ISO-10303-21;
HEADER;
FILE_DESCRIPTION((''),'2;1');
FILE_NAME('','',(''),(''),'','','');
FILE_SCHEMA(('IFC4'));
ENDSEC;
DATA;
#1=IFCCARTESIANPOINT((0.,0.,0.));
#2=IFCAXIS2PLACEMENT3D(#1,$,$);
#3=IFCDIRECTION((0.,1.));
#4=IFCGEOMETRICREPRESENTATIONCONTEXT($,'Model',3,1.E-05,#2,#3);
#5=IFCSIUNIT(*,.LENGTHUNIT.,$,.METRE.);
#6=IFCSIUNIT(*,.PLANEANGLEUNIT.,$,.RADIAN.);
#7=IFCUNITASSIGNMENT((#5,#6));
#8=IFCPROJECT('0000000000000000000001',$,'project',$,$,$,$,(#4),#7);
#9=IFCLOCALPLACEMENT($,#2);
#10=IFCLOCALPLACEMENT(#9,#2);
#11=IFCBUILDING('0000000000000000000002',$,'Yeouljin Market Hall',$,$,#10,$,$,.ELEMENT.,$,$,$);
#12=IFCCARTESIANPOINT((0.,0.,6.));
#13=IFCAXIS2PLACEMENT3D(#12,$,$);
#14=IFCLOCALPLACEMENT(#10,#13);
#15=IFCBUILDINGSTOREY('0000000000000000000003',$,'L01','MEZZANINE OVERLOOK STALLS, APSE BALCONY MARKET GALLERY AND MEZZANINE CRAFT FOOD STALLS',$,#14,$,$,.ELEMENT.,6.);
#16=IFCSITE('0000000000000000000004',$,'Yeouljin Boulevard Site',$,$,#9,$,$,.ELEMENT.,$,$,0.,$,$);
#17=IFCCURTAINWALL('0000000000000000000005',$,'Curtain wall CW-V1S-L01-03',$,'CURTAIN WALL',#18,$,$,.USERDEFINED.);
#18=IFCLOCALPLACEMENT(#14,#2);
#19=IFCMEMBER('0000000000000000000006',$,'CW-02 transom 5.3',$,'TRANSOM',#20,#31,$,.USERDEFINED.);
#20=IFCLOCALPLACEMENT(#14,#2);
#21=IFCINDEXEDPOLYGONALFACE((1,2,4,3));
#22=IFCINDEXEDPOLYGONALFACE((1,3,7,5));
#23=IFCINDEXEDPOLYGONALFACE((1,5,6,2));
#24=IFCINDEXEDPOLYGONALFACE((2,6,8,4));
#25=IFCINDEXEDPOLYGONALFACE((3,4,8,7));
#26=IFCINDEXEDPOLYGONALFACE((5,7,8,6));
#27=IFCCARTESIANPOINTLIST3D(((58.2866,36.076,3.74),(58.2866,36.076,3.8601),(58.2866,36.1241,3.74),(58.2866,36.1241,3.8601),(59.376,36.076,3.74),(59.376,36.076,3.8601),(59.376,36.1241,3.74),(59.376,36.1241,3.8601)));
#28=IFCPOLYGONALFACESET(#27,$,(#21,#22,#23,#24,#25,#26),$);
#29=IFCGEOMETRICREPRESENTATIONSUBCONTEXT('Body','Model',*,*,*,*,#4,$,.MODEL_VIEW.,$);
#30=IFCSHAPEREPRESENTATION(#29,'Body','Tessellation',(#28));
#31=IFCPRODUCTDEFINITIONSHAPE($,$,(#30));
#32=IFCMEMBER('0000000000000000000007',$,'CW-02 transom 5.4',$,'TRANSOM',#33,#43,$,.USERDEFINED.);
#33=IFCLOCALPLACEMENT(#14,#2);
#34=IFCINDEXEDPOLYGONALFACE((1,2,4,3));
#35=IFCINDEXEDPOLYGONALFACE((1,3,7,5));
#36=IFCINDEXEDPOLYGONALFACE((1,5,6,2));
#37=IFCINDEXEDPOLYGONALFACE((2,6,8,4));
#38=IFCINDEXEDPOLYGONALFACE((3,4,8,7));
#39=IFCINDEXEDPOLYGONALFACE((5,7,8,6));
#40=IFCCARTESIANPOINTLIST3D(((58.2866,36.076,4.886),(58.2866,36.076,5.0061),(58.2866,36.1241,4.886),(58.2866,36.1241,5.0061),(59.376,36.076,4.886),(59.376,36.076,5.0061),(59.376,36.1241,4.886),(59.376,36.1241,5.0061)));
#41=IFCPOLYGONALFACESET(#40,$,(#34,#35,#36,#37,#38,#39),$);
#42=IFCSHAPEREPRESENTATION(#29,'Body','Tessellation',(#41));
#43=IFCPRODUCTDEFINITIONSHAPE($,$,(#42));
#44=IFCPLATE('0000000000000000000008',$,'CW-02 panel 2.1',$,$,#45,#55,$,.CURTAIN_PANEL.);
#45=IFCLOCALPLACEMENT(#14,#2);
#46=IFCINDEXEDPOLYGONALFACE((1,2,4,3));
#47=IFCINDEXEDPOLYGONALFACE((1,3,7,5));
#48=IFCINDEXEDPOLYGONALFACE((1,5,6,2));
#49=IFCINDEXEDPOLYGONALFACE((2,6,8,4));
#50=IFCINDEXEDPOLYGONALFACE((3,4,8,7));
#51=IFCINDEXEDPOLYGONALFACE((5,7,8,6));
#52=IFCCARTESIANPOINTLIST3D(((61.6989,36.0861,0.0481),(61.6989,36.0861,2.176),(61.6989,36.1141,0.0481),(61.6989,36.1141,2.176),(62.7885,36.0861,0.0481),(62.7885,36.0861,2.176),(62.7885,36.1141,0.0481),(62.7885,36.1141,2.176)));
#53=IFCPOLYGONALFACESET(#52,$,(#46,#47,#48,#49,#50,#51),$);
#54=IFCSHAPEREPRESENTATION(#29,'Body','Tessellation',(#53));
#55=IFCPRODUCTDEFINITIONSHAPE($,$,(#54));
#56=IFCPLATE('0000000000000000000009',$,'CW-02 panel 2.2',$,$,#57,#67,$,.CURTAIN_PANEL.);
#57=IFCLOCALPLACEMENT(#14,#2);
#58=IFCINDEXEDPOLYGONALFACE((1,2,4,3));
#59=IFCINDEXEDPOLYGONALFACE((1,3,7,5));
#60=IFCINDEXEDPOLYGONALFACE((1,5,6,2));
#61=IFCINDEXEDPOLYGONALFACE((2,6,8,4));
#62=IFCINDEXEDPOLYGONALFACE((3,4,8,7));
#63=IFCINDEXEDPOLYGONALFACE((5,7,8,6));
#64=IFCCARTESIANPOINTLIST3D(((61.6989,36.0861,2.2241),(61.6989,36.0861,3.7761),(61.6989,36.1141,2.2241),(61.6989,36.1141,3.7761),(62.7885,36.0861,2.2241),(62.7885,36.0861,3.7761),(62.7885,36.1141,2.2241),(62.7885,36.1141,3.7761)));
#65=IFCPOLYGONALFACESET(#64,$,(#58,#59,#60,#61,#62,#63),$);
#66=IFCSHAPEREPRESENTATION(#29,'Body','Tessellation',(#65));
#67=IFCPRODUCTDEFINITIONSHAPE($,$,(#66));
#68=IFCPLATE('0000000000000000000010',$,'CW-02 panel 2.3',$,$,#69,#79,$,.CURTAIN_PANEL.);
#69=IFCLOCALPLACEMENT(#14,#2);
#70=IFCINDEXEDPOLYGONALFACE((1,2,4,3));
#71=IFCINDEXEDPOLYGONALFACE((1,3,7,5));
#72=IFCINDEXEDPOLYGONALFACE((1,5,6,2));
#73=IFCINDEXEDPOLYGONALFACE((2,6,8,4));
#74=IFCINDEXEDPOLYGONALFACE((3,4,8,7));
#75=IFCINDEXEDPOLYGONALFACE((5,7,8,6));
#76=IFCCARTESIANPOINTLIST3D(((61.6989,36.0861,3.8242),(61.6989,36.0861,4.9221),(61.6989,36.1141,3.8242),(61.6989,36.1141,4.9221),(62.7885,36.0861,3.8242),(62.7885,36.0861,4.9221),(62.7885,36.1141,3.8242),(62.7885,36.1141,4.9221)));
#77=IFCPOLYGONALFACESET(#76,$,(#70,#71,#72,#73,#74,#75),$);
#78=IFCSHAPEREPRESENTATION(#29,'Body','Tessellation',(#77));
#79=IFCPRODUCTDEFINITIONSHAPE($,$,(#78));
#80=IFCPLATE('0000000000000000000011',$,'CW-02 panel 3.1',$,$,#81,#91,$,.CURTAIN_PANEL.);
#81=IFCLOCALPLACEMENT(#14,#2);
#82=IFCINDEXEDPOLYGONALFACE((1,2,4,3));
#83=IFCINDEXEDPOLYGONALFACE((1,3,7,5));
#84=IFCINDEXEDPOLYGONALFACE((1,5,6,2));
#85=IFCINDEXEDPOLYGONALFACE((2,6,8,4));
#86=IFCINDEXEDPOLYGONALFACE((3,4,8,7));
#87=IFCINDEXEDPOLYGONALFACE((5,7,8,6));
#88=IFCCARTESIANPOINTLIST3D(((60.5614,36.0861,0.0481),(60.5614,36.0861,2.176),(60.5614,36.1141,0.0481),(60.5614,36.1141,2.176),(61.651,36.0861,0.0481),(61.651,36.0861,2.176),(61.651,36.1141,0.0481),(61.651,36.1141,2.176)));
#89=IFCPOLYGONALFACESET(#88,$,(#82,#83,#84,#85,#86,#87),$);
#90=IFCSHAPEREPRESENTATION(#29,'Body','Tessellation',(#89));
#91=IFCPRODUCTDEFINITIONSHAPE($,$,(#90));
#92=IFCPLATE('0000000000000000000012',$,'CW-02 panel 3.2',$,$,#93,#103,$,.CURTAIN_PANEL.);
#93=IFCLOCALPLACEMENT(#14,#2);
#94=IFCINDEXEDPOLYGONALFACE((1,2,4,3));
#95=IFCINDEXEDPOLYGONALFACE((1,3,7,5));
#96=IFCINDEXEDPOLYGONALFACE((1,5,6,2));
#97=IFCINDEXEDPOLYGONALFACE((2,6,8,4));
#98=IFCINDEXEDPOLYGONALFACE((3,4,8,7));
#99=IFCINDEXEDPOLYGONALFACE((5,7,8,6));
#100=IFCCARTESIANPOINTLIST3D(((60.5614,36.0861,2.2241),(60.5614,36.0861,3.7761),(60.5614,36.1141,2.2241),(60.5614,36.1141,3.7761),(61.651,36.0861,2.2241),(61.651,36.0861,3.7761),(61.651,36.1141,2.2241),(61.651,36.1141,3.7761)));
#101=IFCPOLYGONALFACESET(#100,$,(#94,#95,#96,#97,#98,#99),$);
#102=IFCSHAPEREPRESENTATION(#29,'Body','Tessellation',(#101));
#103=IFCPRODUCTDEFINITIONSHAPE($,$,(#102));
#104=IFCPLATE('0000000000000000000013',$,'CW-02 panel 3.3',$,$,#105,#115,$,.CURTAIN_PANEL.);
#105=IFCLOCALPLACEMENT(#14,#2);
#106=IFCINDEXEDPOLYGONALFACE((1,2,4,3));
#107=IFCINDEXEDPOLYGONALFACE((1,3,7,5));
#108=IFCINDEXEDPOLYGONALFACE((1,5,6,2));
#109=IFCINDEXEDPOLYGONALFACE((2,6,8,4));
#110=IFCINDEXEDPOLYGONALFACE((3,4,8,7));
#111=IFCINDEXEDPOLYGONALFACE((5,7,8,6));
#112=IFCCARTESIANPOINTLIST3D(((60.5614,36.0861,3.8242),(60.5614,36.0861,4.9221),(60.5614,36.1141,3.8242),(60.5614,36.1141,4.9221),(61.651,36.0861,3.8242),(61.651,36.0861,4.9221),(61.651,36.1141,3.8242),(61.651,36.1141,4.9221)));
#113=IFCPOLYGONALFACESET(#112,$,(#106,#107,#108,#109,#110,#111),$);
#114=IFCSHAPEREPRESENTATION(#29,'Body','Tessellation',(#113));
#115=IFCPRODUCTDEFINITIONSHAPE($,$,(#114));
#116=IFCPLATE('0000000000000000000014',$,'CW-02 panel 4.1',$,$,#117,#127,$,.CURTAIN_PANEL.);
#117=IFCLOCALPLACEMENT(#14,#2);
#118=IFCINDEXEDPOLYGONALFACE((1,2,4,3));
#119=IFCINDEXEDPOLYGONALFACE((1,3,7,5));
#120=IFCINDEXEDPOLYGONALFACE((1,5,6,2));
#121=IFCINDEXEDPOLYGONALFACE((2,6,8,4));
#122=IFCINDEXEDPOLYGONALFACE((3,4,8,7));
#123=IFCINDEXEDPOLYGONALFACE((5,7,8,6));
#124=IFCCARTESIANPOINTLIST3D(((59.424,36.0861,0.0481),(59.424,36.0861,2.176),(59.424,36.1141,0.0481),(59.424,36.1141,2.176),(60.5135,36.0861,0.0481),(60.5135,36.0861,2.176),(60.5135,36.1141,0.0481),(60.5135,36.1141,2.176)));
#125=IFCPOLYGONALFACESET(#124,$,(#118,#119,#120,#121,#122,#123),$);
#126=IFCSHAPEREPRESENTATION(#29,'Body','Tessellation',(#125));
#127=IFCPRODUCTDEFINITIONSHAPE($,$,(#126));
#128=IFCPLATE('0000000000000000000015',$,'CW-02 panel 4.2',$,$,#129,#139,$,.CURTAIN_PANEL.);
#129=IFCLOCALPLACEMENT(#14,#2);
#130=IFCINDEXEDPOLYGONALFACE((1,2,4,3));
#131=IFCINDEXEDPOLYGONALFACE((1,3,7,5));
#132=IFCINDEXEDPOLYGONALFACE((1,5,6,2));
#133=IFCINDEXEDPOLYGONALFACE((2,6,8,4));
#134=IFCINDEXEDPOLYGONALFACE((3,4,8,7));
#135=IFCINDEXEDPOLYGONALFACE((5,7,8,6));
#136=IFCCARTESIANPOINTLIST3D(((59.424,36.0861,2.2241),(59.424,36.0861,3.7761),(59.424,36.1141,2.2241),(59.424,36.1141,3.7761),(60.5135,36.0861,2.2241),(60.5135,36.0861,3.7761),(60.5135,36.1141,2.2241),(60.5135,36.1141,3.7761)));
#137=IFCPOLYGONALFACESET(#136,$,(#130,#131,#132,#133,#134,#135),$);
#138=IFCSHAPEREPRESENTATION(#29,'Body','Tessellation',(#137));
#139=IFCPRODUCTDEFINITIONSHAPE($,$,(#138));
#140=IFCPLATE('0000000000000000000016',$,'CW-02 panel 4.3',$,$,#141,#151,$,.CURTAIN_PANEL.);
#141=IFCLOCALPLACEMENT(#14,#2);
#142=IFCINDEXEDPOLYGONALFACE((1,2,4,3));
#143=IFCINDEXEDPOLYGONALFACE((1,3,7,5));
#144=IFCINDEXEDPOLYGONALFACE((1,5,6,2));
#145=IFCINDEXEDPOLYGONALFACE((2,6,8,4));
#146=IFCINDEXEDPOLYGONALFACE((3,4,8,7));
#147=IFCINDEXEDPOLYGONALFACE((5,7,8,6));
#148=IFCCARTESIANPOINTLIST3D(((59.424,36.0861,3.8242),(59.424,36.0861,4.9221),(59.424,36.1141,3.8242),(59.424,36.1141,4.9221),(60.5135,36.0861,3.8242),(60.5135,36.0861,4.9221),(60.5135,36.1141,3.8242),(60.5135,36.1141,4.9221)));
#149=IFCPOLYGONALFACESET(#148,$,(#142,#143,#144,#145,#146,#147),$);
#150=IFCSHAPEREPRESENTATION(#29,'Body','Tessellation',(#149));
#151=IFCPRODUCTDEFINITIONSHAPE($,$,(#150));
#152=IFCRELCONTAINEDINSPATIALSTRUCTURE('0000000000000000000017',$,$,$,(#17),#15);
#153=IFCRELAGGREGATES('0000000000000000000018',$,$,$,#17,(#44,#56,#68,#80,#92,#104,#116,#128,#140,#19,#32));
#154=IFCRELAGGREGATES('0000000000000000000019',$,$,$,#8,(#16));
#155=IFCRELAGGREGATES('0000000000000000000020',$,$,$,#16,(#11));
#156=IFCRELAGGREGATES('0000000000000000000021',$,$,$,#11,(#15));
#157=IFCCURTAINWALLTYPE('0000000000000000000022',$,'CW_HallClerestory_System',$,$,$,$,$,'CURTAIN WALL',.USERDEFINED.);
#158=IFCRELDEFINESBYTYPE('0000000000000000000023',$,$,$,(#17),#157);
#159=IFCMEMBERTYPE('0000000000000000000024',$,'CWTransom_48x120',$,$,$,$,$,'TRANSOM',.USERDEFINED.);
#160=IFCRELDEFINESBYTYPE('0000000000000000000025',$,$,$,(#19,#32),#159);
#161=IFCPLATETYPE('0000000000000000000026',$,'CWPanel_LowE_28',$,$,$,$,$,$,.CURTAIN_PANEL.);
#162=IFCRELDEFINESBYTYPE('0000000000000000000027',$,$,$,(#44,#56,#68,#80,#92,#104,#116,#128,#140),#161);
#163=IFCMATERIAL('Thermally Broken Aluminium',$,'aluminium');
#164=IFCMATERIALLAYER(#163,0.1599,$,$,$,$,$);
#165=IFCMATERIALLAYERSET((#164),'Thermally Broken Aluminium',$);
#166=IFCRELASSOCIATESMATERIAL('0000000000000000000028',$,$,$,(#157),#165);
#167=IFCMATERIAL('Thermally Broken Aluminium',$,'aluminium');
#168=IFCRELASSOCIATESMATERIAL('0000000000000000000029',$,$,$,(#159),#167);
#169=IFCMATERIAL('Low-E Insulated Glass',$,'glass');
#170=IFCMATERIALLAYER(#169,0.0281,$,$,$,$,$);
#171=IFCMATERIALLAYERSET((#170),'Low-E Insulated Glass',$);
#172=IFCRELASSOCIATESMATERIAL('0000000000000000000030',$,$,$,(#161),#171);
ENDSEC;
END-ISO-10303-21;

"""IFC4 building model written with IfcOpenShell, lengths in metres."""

from ifc_helpers import new_model, si_unit, direction, frame, origin, origin_2d, place, context, subcontext, project, spatial, rectangle, extrude, material, layer, layer_set, material_profile, profile_set, type_object, element, aggregate, save


model = new_model("IFC4")

# Units and contexts
model_context = context("Model", 3, precision=1e-05, world=origin(), true_north=direction((0.0, 1.0)))
body_context = subcontext(model_context, "Body", "Model", "MODEL_VIEW")
ifc_project = project(units=[si_unit("LENGTHUNIT", "METRE"), si_unit("PLANEANGLEUNIT", "RADIAN")], contexts=[model_context])

# Site, building, storey
site_placement = place(None, origin())
site = spatial("IfcSite", under=ifc_project, at=site_placement, Name="Yeouljin Boulevard Site", CompositionType="ELEMENT", RefElevation=0.0)
building_placement = place(site_placement, origin())
building = spatial("IfcBuilding", under=site, at=building_placement, Name="Yeouljin Market Hall", CompositionType="ELEMENT")
storey_placement = place(building_placement, frame((0.0, 0.0, 6.0)))
storey = spatial("IfcBuildingStorey", under=building, at=storey_placement, Name="L01", Description="MEZZANINE OVERLOOK STALLS, APSE BALCONY MARKET GALLERY AND MEZZANINE CRAFT FOOD STALLS", CompositionType="ELEMENT", Elevation=6.0)

# Curtain wall, members, plates
ifc_material_1 = material(Name="Thermally Broken Aluminium", Category="aluminium")
ifc_layer_1 = layer(ifc_material_1, 0.1599)
ifc_layer_set_1 = layer_set([ifc_layer_1], Name="Thermally Broken Aluminium")
curtain_wall_type = type_object("IfcCurtainWallType", Name="CW_HallClerestory_System", ElementType="CURTAIN WALL", PredefinedType="USERDEFINED", material=ifc_layer_set_1)
curtain_wall_placement = place(storey_placement, origin())
curtain_wall = element("IfcCurtainWall", 1, at=curtain_wall_placement, inside=storey, type_object=curtain_wall_type, Name="Curtain wall CW-V1S-L01-03", ObjectType="CURTAIN WALL", PredefinedType="USERDEFINED")
ifc_material_2 = material(Name="Thermally Broken Aluminium", Category="aluminium")
ifc_material_profile_1 = material_profile(ifc_material_2, rectangle(XDim=0.0481, YDim=0.1201, at=origin_2d()), Name="CW-TRAN-48x120")
ifc_profile_set_1 = profile_set([ifc_material_profile_1], Name="Thermally Broken Aluminium")
member_type_1 = type_object("IfcMemberType", Name="CWTransom_48x120", ElementType="TRANSOM", PredefinedType="USERDEFINED", material=ifc_profile_set_1)
member_1_placement = place(storey_placement, frame((59.376, 36.1001, 3.8), z_axis=(-1.0, 0.0, 0.0), x_axis=(0.0, -1.0, 0.0)))
member_1 = element("IfcMember", 2, at=member_1_placement, type_object=member_type_1, Name="CW-02 transom 5.3", ObjectType="TRANSOM", PredefinedType="USERDEFINED", context=body_context, shape_type="SweptSolid", body=[
    extrude(rectangle(XDim=0.0481, YDim=0.1201, at=origin_2d()), origin(), (0.0, 0.0, 1.0), 1.0894),
])
member_2_placement = place(storey_placement, frame((59.376, 36.1001, 4.946), z_axis=(-1.0, 0.0, 0.0), x_axis=(0.0, -1.0, 0.0)))
member_2 = element("IfcMember", 3, at=member_2_placement, type_object=member_type_1, Name="CW-02 transom 5.4", ObjectType="TRANSOM", PredefinedType="USERDEFINED", context=body_context, shape_type="SweptSolid", body=[
    extrude(rectangle(XDim=0.0481, YDim=0.1201, at=origin_2d()), origin(), (0.0, 0.0, 1.0), 1.0894),
])
ifc_material_3 = material(Name="Low-E Insulated Glass", Category="glass")
ifc_layer_2 = layer(ifc_material_3, 0.0281)
ifc_layer_set_2 = layer_set([ifc_layer_2], Name="Low-E Insulated Glass")
plate_type = type_object("IfcPlateType", Name="CWPanel_LowE_28", PredefinedType="CURTAIN_PANEL", material=ifc_layer_set_2)
plate_1_placement = place(storey_placement, frame((62.2437, 36.1001, 0.0481), z_axis=(0.0, 0.0, 1.0), x_axis=(-1.0, 0.0, 0.0)))
plate_1 = element("IfcPlate", 4, at=plate_1_placement, type_object=plate_type, Name="CW-02 panel 2.1", PredefinedType="CURTAIN_PANEL", context=body_context, shape_type="SweptSolid", body=[
    extrude(rectangle(XDim=1.0896, YDim=0.0281, at=origin_2d()), origin(), (0.0, 0.0, 1.0), 2.1279),
])
plate_2_placement = place(storey_placement, frame((62.2437, 36.1001, 2.2241), z_axis=(0.0, 0.0, 1.0), x_axis=(-1.0, 0.0, 0.0)))
plate_2 = element("IfcPlate", 5, at=plate_2_placement, type_object=plate_type, Name="CW-02 panel 2.2", PredefinedType="CURTAIN_PANEL", context=body_context, shape_type="SweptSolid", body=[
    extrude(rectangle(XDim=1.0896, YDim=0.0281, at=origin_2d()), origin(), (0.0, 0.0, 1.0), 1.552),
])
plate_3_placement = place(storey_placement, frame((62.2437, 36.1001, 3.8242), z_axis=(0.0, 0.0, 1.0), x_axis=(-1.0, 0.0, 0.0)))
plate_3 = element("IfcPlate", 6, at=plate_3_placement, type_object=plate_type, Name="CW-02 panel 2.3", PredefinedType="CURTAIN_PANEL", context=body_context, shape_type="SweptSolid", body=[
    extrude(rectangle(XDim=1.0896, YDim=0.0281, at=origin_2d()), origin(), (0.0, 0.0, 1.0), 1.0979),
])
plate_4_placement = place(storey_placement, frame((61.1062, 36.1001, 0.0481), z_axis=(0.0, 0.0, 1.0), x_axis=(-1.0, 0.0, 0.0)))
plate_4 = element("IfcPlate", 7, at=plate_4_placement, type_object=plate_type, Name="CW-02 panel 3.1", PredefinedType="CURTAIN_PANEL", context=body_context, shape_type="SweptSolid", body=[
    extrude(rectangle(XDim=1.0896, YDim=0.0281, at=origin_2d()), origin(), (0.0, 0.0, 1.0), 2.1279),
])
plate_5_placement = place(storey_placement, frame((61.1062, 36.1001, 2.2241), z_axis=(0.0, 0.0, 1.0), x_axis=(-1.0, 0.0, 0.0)))
plate_5 = element("IfcPlate", 8, at=plate_5_placement, type_object=plate_type, Name="CW-02 panel 3.2", PredefinedType="CURTAIN_PANEL", context=body_context, shape_type="SweptSolid", body=[
    extrude(rectangle(XDim=1.0896, YDim=0.0281, at=origin_2d()), origin(), (0.0, 0.0, 1.0), 1.552),
])
plate_6_placement = place(storey_placement, frame((61.1062, 36.1001, 3.8242), z_axis=(0.0, 0.0, 1.0), x_axis=(-1.0, 0.0, 0.0)))
plate_6 = element("IfcPlate", 9, at=plate_6_placement, type_object=plate_type, Name="CW-02 panel 3.3", PredefinedType="CURTAIN_PANEL", context=body_context, shape_type="SweptSolid", body=[
    extrude(rectangle(XDim=1.0896, YDim=0.0281, at=origin_2d()), origin(), (0.0, 0.0, 1.0), 1.0979),
])
plate_7_placement = place(storey_placement, frame((59.9688, 36.1001, 0.0481), z_axis=(0.0, 0.0, 1.0), x_axis=(-1.0, 0.0, 0.0)))
plate_7 = element("IfcPlate", 10, at=plate_7_placement, type_object=plate_type, Name="CW-02 panel 4.1", PredefinedType="CURTAIN_PANEL", context=body_context, shape_type="SweptSolid", body=[
    extrude(rectangle(XDim=1.0896, YDim=0.0281, at=origin_2d()), origin(), (0.0, 0.0, 1.0), 2.1279),
])
plate_8_placement = place(storey_placement, frame((59.9688, 36.1001, 2.2241), z_axis=(0.0, 0.0, 1.0), x_axis=(-1.0, 0.0, 0.0)))
plate_8 = element("IfcPlate", 11, at=plate_8_placement, type_object=plate_type, Name="CW-02 panel 4.2", PredefinedType="CURTAIN_PANEL", context=body_context, shape_type="SweptSolid", body=[
    extrude(rectangle(XDim=1.0896, YDim=0.0281, at=origin_2d()), origin(), (0.0, 0.0, 1.0), 1.552),
])
plate_9_placement = place(storey_placement, frame((59.9688, 36.1001, 3.8242), z_axis=(0.0, 0.0, 1.0), x_axis=(-1.0, 0.0, 0.0)))
plate_9 = element("IfcPlate", 12, at=plate_9_placement, type_object=plate_type, Name="CW-02 panel 4.3", PredefinedType="CURTAIN_PANEL", context=body_context, shape_type="SweptSolid", body=[
    extrude(rectangle(XDim=1.0896, YDim=0.0281, at=origin_2d()), origin(), (0.0, 0.0, 1.0), 1.0979),
])
aggregate(curtain_wall, [plate_1, plate_2, plate_3, plate_4, plate_5, plate_6, plate_7, plate_8, plate_9, member_1, member_2])

save(model, "model.ifc")
